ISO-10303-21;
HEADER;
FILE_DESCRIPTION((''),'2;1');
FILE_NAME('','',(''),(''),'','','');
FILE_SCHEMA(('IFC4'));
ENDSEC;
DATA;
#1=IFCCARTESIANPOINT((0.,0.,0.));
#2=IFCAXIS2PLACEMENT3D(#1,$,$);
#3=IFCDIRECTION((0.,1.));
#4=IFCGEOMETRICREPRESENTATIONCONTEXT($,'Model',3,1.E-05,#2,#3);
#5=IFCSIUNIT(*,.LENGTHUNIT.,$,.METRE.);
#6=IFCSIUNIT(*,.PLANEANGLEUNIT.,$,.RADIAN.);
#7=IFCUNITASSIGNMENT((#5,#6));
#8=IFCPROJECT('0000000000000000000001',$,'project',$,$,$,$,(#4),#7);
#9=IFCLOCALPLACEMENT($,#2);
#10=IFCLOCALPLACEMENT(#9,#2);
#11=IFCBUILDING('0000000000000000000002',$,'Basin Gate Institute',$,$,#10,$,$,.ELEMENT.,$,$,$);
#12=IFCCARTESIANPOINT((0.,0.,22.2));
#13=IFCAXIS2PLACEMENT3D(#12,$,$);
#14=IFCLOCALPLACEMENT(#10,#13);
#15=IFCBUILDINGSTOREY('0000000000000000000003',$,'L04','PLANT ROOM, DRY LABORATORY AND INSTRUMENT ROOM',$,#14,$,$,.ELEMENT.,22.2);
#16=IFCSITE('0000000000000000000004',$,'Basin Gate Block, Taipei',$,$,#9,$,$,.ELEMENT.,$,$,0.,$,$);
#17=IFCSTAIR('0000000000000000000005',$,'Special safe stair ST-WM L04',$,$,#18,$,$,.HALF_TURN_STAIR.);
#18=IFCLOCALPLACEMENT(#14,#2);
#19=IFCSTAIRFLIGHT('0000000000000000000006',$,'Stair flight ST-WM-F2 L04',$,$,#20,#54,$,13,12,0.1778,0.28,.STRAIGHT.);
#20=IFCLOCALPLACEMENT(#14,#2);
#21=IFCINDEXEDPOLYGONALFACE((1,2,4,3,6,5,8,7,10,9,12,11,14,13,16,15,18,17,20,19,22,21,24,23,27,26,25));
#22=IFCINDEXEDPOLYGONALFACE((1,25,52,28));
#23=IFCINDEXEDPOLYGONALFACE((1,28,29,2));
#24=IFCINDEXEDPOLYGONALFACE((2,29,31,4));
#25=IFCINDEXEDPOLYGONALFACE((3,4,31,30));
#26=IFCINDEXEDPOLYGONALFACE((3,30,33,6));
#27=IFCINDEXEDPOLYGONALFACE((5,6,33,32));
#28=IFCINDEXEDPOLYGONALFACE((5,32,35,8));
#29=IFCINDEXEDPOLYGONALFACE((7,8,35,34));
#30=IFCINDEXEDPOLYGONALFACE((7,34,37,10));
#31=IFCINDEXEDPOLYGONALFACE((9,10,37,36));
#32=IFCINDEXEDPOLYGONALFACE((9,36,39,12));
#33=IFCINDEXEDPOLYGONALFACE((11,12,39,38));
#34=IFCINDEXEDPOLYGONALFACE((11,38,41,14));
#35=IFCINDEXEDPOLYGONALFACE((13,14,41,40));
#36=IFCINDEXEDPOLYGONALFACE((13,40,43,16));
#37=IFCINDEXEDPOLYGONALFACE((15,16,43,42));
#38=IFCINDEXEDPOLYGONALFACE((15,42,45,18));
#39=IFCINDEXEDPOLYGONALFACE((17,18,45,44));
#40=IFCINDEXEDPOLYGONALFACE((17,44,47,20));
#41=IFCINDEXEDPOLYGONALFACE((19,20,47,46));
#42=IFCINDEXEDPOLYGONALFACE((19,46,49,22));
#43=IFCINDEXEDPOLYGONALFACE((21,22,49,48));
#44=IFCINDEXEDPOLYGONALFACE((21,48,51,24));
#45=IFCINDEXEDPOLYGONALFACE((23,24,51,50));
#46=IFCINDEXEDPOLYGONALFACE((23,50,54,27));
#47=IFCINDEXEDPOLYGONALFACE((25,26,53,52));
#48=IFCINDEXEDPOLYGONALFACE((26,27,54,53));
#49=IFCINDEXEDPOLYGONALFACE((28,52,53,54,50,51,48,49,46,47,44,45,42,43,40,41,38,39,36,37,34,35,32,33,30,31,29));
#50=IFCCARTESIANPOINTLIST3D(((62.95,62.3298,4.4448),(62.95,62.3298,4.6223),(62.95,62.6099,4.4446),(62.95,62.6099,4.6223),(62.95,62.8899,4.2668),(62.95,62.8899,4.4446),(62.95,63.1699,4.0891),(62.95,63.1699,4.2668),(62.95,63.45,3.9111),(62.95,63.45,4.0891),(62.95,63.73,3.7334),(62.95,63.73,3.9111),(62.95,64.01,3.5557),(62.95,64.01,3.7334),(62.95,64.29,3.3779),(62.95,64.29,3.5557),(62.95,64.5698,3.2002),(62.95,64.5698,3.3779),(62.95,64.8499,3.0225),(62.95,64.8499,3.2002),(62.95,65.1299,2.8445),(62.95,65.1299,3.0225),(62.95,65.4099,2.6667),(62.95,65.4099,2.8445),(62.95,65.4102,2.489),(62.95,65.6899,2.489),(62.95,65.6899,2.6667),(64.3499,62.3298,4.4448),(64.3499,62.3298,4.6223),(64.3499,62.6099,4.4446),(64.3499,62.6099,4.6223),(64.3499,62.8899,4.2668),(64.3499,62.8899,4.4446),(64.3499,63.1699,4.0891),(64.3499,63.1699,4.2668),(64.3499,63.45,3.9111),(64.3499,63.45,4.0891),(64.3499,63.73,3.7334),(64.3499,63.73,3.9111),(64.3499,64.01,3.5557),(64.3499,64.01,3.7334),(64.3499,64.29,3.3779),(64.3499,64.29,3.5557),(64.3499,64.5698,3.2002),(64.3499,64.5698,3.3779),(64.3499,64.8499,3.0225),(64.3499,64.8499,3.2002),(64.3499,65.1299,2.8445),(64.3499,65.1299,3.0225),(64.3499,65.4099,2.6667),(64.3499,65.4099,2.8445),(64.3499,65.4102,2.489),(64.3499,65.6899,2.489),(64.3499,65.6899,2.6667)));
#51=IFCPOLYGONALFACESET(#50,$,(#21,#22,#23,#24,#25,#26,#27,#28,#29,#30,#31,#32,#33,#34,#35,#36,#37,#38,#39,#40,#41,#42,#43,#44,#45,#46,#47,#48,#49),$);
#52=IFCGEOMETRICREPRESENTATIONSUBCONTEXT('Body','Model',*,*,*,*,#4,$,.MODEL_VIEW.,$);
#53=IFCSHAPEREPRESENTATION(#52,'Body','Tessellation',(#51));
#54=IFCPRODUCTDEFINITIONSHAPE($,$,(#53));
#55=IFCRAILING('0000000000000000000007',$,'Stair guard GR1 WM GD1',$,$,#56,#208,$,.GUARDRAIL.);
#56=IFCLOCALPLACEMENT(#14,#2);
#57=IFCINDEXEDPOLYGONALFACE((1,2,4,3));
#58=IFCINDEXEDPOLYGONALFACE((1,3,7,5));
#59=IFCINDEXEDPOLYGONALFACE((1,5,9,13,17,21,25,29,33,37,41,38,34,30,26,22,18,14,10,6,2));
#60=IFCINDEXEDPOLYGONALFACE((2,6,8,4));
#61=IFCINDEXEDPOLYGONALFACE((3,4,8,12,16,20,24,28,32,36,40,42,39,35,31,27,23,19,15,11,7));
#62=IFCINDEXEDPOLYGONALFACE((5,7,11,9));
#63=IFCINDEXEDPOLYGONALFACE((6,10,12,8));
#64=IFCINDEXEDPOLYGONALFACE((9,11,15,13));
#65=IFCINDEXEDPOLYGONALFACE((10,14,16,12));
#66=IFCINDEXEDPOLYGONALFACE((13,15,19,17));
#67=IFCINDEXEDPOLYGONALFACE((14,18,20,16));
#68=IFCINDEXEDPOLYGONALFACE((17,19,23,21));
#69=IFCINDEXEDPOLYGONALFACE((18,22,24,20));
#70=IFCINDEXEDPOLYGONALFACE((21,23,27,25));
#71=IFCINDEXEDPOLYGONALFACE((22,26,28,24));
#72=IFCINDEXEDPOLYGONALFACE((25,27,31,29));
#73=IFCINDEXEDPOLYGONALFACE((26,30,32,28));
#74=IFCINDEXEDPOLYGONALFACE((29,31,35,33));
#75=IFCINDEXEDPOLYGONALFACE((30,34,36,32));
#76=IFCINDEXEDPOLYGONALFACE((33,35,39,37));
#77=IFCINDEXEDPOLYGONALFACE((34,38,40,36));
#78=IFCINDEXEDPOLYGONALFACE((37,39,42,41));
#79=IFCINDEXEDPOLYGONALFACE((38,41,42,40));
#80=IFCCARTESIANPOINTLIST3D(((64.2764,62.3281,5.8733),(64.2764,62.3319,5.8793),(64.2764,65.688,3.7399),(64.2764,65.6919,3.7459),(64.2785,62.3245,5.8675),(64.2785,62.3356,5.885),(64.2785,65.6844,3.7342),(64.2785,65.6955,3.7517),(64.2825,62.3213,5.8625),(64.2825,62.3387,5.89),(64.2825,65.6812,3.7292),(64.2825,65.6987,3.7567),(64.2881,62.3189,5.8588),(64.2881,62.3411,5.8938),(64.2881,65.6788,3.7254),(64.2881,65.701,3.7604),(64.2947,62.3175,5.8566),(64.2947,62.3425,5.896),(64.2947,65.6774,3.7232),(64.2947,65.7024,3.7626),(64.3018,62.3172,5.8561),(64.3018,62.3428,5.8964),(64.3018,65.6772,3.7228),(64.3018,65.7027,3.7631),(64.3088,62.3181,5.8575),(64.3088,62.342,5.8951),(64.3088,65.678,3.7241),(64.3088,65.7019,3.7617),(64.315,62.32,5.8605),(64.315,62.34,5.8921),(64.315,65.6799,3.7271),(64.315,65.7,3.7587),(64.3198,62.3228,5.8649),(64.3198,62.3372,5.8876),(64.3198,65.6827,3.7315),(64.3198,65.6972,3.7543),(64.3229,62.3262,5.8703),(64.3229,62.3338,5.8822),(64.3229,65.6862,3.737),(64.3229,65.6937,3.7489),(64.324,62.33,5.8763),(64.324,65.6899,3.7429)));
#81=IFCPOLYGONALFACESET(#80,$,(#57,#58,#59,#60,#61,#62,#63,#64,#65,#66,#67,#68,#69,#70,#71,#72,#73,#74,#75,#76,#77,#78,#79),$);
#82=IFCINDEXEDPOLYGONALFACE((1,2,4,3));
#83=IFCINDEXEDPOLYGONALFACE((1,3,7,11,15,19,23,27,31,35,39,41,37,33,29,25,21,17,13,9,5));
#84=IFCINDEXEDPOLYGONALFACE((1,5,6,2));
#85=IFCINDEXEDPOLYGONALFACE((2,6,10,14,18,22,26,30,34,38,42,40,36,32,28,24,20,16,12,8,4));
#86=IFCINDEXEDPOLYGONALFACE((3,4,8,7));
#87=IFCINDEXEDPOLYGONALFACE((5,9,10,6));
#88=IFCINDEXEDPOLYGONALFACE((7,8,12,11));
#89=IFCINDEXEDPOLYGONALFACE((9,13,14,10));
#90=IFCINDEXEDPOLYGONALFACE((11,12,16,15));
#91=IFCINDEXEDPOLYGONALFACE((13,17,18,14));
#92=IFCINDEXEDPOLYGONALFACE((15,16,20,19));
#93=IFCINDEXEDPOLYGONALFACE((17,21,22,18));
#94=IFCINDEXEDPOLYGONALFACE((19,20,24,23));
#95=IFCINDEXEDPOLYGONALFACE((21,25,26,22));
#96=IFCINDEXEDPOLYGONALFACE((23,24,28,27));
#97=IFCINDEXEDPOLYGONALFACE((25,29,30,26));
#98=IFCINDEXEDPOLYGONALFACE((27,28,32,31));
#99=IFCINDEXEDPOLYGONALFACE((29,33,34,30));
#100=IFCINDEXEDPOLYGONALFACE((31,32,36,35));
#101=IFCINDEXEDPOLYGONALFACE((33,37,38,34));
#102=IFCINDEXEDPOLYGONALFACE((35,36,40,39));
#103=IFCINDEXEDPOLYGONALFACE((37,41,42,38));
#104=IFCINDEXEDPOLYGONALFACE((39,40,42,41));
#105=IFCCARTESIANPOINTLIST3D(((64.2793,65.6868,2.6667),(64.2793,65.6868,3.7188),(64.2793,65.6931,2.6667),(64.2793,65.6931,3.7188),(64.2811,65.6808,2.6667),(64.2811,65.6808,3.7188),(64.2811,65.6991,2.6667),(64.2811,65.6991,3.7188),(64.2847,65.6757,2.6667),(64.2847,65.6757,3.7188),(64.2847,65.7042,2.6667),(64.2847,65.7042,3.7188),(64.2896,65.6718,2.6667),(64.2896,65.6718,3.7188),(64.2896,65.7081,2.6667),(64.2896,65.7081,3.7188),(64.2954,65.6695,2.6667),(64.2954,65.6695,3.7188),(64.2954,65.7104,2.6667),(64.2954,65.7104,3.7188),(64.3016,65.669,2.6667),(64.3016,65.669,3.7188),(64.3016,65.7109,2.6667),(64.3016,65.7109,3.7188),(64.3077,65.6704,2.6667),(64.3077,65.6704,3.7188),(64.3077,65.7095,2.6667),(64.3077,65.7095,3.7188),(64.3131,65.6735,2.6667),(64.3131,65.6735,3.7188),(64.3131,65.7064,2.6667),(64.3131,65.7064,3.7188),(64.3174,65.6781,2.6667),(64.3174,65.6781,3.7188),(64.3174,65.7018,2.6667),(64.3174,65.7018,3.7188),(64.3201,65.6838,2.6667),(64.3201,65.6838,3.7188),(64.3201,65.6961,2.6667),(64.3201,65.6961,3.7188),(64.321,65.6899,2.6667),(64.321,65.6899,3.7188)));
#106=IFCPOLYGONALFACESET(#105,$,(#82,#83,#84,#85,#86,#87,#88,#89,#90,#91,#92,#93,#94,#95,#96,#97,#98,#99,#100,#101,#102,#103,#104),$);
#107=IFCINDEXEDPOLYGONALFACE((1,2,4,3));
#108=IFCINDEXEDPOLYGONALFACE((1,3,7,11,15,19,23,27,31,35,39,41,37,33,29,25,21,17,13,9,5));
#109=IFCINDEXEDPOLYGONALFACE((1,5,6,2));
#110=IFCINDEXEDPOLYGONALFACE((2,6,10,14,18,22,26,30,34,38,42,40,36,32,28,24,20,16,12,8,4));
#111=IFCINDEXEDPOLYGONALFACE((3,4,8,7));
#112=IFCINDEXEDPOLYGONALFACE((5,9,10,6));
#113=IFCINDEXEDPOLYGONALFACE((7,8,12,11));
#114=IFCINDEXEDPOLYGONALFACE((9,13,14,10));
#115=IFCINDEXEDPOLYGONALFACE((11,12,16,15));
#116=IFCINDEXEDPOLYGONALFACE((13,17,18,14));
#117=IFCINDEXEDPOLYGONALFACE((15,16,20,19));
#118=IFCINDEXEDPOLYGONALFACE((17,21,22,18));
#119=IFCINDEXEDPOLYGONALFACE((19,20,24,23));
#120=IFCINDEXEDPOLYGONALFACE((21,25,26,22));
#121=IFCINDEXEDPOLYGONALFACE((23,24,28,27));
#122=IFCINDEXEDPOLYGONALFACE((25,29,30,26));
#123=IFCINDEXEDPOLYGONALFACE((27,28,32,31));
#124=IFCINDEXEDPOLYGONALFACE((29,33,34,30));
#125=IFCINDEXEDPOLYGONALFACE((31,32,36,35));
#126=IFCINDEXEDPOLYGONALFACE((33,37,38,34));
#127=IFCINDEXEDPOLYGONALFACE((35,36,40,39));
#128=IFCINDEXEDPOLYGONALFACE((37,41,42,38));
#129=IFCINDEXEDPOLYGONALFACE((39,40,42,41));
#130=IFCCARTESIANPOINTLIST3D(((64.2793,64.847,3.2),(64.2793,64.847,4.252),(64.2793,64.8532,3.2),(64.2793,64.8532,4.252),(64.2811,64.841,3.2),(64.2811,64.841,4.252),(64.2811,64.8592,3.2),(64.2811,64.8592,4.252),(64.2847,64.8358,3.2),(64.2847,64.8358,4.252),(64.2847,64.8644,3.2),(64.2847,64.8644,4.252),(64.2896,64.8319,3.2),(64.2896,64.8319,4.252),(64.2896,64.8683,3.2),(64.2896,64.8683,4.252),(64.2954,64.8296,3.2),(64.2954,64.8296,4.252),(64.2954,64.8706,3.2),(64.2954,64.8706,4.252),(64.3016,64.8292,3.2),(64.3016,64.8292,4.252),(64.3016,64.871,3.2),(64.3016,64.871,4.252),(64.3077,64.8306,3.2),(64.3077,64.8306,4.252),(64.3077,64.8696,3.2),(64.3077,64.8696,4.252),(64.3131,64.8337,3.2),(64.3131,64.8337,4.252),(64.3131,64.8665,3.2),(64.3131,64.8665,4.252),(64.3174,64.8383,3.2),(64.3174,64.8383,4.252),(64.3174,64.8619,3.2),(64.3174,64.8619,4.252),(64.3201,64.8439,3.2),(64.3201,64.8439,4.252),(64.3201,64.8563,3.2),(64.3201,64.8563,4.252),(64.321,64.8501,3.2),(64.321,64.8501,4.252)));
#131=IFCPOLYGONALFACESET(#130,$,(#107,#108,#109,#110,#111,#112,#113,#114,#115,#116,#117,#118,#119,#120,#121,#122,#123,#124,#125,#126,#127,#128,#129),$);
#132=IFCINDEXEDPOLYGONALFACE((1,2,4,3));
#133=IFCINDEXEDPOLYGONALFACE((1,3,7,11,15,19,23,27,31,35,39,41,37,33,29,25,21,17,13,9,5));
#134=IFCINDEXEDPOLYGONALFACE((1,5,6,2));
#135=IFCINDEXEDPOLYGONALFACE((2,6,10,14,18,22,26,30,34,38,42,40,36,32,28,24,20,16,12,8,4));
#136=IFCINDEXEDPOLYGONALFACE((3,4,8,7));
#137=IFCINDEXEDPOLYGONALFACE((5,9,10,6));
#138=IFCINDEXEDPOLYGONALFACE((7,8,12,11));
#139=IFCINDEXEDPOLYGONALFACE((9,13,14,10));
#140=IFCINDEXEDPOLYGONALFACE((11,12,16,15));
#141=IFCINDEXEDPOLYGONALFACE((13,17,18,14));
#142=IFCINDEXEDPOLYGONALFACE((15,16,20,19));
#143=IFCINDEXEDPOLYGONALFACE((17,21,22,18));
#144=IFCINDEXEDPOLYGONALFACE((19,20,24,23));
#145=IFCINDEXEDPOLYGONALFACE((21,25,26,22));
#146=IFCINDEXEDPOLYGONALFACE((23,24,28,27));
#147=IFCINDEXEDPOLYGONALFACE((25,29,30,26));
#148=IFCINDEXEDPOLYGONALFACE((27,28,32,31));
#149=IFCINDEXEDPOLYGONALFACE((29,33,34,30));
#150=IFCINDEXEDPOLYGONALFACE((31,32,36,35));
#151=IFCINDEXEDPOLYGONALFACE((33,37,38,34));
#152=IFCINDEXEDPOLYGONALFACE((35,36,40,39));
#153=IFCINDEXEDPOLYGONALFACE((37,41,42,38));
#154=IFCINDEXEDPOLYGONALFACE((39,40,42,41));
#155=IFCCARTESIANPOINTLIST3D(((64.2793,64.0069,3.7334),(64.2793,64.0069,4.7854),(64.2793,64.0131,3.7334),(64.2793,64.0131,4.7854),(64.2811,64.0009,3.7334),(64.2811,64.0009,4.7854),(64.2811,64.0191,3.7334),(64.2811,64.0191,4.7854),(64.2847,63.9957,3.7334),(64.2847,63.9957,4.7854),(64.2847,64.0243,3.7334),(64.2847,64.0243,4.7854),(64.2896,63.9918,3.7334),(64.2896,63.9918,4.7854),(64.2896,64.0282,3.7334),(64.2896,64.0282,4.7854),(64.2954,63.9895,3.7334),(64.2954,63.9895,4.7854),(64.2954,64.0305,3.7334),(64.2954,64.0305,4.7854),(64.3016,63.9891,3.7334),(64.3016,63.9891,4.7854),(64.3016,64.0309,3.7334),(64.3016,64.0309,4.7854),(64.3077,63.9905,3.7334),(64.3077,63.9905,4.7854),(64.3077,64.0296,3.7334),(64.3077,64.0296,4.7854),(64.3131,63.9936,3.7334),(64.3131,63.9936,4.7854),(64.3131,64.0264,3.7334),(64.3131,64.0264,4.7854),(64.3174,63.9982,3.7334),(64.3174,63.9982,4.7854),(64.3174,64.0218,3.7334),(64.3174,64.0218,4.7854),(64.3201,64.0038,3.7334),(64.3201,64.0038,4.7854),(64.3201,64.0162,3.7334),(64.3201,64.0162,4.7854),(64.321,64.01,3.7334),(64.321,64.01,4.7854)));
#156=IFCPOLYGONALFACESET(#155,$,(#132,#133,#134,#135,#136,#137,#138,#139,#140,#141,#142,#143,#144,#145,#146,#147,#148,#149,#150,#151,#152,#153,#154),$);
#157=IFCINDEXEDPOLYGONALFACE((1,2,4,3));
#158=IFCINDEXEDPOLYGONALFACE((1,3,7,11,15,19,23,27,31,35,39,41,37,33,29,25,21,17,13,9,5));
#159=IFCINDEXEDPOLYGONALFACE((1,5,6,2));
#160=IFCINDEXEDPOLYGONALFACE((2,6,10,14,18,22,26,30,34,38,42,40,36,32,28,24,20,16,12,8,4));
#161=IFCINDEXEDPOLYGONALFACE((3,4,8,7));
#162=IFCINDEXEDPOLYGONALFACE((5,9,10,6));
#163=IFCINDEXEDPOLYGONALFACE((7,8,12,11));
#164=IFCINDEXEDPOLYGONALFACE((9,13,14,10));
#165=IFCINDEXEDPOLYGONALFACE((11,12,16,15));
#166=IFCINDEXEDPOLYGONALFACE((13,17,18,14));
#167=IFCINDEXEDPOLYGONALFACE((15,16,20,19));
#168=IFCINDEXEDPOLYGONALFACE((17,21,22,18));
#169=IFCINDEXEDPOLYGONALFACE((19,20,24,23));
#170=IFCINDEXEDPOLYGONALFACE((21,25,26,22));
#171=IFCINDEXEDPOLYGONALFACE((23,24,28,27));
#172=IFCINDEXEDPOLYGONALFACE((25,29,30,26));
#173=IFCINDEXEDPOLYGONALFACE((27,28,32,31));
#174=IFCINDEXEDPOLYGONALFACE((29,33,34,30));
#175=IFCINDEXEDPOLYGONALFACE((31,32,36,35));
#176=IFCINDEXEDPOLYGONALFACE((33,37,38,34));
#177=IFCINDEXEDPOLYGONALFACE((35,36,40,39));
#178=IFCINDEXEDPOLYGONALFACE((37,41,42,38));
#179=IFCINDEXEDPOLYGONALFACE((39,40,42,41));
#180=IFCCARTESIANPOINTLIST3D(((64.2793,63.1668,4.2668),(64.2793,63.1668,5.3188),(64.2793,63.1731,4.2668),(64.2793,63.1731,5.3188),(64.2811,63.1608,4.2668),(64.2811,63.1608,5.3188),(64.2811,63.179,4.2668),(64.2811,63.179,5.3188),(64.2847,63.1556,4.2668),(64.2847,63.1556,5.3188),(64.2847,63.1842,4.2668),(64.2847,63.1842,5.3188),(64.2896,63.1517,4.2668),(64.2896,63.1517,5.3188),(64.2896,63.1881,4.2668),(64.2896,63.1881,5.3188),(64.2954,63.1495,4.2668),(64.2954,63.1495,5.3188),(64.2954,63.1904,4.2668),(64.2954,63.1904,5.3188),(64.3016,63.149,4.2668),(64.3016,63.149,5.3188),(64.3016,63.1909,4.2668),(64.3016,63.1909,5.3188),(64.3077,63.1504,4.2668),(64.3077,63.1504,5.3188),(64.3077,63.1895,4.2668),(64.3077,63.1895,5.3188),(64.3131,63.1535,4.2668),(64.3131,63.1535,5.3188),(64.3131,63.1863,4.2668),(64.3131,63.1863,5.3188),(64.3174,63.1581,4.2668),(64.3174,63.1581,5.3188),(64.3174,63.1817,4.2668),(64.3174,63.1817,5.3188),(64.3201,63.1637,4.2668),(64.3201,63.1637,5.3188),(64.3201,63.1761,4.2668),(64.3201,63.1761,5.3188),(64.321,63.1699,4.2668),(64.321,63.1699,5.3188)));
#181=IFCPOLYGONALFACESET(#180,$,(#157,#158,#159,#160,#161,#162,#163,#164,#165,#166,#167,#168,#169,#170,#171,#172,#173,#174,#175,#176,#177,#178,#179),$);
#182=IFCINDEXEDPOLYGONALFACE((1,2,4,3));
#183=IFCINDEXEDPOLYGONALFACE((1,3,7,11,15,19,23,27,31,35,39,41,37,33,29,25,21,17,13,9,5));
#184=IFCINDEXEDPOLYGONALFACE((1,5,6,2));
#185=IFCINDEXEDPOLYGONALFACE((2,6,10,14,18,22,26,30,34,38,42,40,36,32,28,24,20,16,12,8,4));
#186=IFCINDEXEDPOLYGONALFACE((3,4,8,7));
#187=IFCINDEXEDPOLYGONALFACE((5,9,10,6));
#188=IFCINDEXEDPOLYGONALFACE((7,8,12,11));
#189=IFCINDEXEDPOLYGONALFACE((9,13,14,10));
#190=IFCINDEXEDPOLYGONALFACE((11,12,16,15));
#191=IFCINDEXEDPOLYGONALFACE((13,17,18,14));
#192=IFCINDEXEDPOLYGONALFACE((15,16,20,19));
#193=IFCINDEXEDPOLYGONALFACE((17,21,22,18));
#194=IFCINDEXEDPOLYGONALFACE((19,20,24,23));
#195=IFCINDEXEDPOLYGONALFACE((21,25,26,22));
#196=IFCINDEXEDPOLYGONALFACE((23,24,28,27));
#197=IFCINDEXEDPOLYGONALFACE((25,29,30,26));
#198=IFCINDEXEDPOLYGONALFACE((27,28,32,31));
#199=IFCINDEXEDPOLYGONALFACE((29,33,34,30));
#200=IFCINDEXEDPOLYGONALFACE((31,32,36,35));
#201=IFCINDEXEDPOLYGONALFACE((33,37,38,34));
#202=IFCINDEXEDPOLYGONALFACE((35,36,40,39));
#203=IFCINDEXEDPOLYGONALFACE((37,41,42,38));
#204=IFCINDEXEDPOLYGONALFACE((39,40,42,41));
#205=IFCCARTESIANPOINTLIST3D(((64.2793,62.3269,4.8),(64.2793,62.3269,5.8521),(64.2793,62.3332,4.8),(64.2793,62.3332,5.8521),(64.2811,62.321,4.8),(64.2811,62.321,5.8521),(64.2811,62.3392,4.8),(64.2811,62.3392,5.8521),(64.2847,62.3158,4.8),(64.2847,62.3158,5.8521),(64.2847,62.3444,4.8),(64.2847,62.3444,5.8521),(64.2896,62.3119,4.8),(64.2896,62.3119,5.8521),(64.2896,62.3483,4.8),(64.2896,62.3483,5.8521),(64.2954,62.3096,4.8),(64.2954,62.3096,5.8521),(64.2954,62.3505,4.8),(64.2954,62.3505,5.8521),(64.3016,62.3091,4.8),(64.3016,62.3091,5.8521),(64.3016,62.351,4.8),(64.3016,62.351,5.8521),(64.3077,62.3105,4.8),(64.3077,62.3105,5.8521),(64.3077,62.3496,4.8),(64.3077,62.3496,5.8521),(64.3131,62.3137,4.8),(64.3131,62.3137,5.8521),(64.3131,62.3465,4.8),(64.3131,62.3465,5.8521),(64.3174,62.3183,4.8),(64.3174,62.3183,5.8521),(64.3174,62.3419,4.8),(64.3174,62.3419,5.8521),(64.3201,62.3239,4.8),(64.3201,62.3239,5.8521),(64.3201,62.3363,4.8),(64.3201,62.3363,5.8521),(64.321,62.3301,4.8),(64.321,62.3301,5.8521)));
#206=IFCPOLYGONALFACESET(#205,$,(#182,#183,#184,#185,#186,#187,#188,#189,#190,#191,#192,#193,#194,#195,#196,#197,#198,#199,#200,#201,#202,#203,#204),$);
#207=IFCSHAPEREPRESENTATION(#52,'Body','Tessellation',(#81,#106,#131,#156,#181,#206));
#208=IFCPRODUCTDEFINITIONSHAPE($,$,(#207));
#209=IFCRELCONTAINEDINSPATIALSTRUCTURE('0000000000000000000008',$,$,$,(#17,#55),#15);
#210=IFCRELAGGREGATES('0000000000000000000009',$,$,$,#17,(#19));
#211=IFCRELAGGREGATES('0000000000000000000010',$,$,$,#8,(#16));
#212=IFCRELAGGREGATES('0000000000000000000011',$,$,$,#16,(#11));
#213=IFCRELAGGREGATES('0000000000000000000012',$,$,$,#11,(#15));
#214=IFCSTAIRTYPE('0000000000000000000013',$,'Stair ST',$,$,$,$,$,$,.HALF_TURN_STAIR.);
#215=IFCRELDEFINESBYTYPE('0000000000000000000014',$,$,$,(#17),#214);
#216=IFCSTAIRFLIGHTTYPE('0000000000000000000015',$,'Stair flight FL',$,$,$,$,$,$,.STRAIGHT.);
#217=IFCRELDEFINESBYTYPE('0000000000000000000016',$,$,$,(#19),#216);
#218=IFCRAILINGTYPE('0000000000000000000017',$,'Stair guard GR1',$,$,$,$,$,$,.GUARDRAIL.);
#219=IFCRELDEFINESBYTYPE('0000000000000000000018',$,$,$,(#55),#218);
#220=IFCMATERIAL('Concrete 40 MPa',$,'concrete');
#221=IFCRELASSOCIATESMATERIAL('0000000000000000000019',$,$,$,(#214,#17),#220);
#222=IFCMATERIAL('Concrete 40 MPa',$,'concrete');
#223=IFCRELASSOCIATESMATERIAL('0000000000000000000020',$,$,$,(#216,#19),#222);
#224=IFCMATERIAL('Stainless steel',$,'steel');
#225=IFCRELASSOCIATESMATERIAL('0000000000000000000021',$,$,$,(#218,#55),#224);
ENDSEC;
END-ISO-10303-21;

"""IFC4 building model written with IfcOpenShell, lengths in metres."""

from ifc_helpers import new_model, si_unit, direction, frame, origin, origin_2d, place, context, subcontext, project, spatial, polyline, circle, outline, extrude, material, type_object, element, aggregate, save


model = new_model("IFC4")

# Units and contexts
model_context = context("Model", 3, precision=1e-05, world=origin(), true_north=direction((0.0, 1.0)))
body_context = subcontext(model_context, "Body", "Model", "MODEL_VIEW")
ifc_project = project(units=[si_unit("LENGTHUNIT", "METRE"), si_unit("PLANEANGLEUNIT", "RADIAN")], contexts=[model_context])

# Site, building, storey
site_placement = place(None, origin())
site = spatial("IfcSite", under=ifc_project, at=site_placement, Name="Basin Gate Block, Taipei", CompositionType="ELEMENT", RefElevation=0.0)
building_placement = place(site_placement, origin())
building = spatial("IfcBuilding", under=site, at=building_placement, Name="Basin Gate Institute", CompositionType="ELEMENT")
storey_placement = place(building_placement, frame((0.0, 0.0, 22.2)))
storey = spatial("IfcBuildingStorey", under=building, at=storey_placement, Name="L04", Description="PLANT ROOM, DRY LABORATORY AND INSTRUMENT ROOM", CompositionType="ELEMENT", Elevation=22.2)

# Stair, stair flight
ifc_material_1 = material(Name="Concrete 40 MPa", Category="concrete")
stair_type = type_object("IfcStairType", Name="Stair ST", PredefinedType="HALF_TURN_STAIR", material=ifc_material_1)
stair_placement = place(storey_placement, origin())
stair = element("IfcStair", 1, at=stair_placement, inside=storey, type_object=stair_type, material=ifc_material_1, Name="Special safe stair ST-WM L04", PredefinedType="HALF_TURN_STAIR")
ifc_material_2 = material(Name="Concrete 40 MPa", Category="concrete")
stair_flight_type = type_object("IfcStairFlightType", Name="Stair flight FL", PredefinedType="STRAIGHT", material=ifc_material_2)
stair_flight_placement = place(storey_placement, frame((63.6499, 65.6899, 2.489), z_axis=(0.0, 0.0, 1.0), x_axis=(0.0, -1.0, 0.0)))
stair_flight = element("IfcStairFlight", 2, at=stair_flight_placement, type_object=stair_flight_type, material=ifc_material_2, Name="Stair flight ST-WM-F2 L04", NumberOfRisers=13, NumberOfTreads=12, PredefinedType="STRAIGHT", RiserHeight=0.1778, TreadLength=0.28, context=body_context, shape_type="SweptSolid", body=[
    extrude(outline(polyline([(0.0, 0.0), (0.0, 0.1777), (0.28, 0.1777), (0.28, 0.3555), (0.5601, 0.3555), (0.5601, 0.5334), (0.8401, 0.5334), (0.8401, 0.7112), (1.1201, 0.7112), (1.1201, 0.8889), (1.3999, 0.8889), (1.3999, 1.0667), (1.6799, 1.0667), (1.6799, 1.2444), (1.96, 1.2444), (1.96, 1.4221), (2.24, 1.4221), (2.24, 1.6001), (2.52, 1.6001), (2.52, 1.7778), (2.8, 1.7778), (2.8, 1.9556), (3.0801, 1.9556), (3.0801, 2.1333), (3.3601, 2.1333), (3.3601, 2.311), (3.3601, 1.9558), (0.2798, 0.0), (0.0, 0.0)])), frame((0.0, 0.7, 0.0), z_axis=(0.0, -1.0, 0.0), x_axis=(1.0, 0.0, 0.0)), (0.0, 0.0, 1.0), 1.3999),
])
aggregate(stair, [stair_flight])

# Railing
ifc_material_3 = material(Name="Stainless steel", Category="steel")
railing_type_1 = type_object("IfcRailingType", Name="Stair guard GR1", PredefinedType="GUARDRAIL", material=ifc_material_3)
railing_1_placement = place(storey_placement, frame((64.3, 65.6899, 2.6667)))
element("IfcRailing", 3, at=railing_1_placement, inside=storey, type_object=railing_type_1, material=ifc_material_3, Name="Stair guard GR1 WM GD1", PredefinedType="GUARDRAIL", context=body_context, shape_type="SweptSolid", body=[
    extrude(circle(Radius=0.0239, at=origin_2d()), frame((0.0, 0.0, 1.0762), z_axis=(0.0, -0.844207, 0.536018), x_axis=(1.0, 0.0, 0.0)), (0.0, 0.0, 1.0), 3.98),
    extrude(circle(Radius=0.021, at=origin_2d()), origin(), (0.0, 0.0, 1.0), 1.052),
    extrude(circle(Radius=0.021, at=origin_2d()), frame((0.0, -0.8398, 0.5332)), (0.0, 0.0, 1.0), 1.052),
    extrude(circle(Radius=0.021, at=origin_2d()), frame((0.0, -1.6799, 1.0667)), (0.0, 0.0, 1.0), 1.052),
    extrude(circle(Radius=0.021, at=origin_2d()), frame((0.0, -2.52, 1.6001)), (0.0, 0.0, 1.0), 1.052),
    extrude(circle(Radius=0.021, at=origin_2d()), frame((0.0, -3.3599, 2.1333)), (0.0, 0.0, 1.0), 1.052),
])

save(model, "model.ifc")
